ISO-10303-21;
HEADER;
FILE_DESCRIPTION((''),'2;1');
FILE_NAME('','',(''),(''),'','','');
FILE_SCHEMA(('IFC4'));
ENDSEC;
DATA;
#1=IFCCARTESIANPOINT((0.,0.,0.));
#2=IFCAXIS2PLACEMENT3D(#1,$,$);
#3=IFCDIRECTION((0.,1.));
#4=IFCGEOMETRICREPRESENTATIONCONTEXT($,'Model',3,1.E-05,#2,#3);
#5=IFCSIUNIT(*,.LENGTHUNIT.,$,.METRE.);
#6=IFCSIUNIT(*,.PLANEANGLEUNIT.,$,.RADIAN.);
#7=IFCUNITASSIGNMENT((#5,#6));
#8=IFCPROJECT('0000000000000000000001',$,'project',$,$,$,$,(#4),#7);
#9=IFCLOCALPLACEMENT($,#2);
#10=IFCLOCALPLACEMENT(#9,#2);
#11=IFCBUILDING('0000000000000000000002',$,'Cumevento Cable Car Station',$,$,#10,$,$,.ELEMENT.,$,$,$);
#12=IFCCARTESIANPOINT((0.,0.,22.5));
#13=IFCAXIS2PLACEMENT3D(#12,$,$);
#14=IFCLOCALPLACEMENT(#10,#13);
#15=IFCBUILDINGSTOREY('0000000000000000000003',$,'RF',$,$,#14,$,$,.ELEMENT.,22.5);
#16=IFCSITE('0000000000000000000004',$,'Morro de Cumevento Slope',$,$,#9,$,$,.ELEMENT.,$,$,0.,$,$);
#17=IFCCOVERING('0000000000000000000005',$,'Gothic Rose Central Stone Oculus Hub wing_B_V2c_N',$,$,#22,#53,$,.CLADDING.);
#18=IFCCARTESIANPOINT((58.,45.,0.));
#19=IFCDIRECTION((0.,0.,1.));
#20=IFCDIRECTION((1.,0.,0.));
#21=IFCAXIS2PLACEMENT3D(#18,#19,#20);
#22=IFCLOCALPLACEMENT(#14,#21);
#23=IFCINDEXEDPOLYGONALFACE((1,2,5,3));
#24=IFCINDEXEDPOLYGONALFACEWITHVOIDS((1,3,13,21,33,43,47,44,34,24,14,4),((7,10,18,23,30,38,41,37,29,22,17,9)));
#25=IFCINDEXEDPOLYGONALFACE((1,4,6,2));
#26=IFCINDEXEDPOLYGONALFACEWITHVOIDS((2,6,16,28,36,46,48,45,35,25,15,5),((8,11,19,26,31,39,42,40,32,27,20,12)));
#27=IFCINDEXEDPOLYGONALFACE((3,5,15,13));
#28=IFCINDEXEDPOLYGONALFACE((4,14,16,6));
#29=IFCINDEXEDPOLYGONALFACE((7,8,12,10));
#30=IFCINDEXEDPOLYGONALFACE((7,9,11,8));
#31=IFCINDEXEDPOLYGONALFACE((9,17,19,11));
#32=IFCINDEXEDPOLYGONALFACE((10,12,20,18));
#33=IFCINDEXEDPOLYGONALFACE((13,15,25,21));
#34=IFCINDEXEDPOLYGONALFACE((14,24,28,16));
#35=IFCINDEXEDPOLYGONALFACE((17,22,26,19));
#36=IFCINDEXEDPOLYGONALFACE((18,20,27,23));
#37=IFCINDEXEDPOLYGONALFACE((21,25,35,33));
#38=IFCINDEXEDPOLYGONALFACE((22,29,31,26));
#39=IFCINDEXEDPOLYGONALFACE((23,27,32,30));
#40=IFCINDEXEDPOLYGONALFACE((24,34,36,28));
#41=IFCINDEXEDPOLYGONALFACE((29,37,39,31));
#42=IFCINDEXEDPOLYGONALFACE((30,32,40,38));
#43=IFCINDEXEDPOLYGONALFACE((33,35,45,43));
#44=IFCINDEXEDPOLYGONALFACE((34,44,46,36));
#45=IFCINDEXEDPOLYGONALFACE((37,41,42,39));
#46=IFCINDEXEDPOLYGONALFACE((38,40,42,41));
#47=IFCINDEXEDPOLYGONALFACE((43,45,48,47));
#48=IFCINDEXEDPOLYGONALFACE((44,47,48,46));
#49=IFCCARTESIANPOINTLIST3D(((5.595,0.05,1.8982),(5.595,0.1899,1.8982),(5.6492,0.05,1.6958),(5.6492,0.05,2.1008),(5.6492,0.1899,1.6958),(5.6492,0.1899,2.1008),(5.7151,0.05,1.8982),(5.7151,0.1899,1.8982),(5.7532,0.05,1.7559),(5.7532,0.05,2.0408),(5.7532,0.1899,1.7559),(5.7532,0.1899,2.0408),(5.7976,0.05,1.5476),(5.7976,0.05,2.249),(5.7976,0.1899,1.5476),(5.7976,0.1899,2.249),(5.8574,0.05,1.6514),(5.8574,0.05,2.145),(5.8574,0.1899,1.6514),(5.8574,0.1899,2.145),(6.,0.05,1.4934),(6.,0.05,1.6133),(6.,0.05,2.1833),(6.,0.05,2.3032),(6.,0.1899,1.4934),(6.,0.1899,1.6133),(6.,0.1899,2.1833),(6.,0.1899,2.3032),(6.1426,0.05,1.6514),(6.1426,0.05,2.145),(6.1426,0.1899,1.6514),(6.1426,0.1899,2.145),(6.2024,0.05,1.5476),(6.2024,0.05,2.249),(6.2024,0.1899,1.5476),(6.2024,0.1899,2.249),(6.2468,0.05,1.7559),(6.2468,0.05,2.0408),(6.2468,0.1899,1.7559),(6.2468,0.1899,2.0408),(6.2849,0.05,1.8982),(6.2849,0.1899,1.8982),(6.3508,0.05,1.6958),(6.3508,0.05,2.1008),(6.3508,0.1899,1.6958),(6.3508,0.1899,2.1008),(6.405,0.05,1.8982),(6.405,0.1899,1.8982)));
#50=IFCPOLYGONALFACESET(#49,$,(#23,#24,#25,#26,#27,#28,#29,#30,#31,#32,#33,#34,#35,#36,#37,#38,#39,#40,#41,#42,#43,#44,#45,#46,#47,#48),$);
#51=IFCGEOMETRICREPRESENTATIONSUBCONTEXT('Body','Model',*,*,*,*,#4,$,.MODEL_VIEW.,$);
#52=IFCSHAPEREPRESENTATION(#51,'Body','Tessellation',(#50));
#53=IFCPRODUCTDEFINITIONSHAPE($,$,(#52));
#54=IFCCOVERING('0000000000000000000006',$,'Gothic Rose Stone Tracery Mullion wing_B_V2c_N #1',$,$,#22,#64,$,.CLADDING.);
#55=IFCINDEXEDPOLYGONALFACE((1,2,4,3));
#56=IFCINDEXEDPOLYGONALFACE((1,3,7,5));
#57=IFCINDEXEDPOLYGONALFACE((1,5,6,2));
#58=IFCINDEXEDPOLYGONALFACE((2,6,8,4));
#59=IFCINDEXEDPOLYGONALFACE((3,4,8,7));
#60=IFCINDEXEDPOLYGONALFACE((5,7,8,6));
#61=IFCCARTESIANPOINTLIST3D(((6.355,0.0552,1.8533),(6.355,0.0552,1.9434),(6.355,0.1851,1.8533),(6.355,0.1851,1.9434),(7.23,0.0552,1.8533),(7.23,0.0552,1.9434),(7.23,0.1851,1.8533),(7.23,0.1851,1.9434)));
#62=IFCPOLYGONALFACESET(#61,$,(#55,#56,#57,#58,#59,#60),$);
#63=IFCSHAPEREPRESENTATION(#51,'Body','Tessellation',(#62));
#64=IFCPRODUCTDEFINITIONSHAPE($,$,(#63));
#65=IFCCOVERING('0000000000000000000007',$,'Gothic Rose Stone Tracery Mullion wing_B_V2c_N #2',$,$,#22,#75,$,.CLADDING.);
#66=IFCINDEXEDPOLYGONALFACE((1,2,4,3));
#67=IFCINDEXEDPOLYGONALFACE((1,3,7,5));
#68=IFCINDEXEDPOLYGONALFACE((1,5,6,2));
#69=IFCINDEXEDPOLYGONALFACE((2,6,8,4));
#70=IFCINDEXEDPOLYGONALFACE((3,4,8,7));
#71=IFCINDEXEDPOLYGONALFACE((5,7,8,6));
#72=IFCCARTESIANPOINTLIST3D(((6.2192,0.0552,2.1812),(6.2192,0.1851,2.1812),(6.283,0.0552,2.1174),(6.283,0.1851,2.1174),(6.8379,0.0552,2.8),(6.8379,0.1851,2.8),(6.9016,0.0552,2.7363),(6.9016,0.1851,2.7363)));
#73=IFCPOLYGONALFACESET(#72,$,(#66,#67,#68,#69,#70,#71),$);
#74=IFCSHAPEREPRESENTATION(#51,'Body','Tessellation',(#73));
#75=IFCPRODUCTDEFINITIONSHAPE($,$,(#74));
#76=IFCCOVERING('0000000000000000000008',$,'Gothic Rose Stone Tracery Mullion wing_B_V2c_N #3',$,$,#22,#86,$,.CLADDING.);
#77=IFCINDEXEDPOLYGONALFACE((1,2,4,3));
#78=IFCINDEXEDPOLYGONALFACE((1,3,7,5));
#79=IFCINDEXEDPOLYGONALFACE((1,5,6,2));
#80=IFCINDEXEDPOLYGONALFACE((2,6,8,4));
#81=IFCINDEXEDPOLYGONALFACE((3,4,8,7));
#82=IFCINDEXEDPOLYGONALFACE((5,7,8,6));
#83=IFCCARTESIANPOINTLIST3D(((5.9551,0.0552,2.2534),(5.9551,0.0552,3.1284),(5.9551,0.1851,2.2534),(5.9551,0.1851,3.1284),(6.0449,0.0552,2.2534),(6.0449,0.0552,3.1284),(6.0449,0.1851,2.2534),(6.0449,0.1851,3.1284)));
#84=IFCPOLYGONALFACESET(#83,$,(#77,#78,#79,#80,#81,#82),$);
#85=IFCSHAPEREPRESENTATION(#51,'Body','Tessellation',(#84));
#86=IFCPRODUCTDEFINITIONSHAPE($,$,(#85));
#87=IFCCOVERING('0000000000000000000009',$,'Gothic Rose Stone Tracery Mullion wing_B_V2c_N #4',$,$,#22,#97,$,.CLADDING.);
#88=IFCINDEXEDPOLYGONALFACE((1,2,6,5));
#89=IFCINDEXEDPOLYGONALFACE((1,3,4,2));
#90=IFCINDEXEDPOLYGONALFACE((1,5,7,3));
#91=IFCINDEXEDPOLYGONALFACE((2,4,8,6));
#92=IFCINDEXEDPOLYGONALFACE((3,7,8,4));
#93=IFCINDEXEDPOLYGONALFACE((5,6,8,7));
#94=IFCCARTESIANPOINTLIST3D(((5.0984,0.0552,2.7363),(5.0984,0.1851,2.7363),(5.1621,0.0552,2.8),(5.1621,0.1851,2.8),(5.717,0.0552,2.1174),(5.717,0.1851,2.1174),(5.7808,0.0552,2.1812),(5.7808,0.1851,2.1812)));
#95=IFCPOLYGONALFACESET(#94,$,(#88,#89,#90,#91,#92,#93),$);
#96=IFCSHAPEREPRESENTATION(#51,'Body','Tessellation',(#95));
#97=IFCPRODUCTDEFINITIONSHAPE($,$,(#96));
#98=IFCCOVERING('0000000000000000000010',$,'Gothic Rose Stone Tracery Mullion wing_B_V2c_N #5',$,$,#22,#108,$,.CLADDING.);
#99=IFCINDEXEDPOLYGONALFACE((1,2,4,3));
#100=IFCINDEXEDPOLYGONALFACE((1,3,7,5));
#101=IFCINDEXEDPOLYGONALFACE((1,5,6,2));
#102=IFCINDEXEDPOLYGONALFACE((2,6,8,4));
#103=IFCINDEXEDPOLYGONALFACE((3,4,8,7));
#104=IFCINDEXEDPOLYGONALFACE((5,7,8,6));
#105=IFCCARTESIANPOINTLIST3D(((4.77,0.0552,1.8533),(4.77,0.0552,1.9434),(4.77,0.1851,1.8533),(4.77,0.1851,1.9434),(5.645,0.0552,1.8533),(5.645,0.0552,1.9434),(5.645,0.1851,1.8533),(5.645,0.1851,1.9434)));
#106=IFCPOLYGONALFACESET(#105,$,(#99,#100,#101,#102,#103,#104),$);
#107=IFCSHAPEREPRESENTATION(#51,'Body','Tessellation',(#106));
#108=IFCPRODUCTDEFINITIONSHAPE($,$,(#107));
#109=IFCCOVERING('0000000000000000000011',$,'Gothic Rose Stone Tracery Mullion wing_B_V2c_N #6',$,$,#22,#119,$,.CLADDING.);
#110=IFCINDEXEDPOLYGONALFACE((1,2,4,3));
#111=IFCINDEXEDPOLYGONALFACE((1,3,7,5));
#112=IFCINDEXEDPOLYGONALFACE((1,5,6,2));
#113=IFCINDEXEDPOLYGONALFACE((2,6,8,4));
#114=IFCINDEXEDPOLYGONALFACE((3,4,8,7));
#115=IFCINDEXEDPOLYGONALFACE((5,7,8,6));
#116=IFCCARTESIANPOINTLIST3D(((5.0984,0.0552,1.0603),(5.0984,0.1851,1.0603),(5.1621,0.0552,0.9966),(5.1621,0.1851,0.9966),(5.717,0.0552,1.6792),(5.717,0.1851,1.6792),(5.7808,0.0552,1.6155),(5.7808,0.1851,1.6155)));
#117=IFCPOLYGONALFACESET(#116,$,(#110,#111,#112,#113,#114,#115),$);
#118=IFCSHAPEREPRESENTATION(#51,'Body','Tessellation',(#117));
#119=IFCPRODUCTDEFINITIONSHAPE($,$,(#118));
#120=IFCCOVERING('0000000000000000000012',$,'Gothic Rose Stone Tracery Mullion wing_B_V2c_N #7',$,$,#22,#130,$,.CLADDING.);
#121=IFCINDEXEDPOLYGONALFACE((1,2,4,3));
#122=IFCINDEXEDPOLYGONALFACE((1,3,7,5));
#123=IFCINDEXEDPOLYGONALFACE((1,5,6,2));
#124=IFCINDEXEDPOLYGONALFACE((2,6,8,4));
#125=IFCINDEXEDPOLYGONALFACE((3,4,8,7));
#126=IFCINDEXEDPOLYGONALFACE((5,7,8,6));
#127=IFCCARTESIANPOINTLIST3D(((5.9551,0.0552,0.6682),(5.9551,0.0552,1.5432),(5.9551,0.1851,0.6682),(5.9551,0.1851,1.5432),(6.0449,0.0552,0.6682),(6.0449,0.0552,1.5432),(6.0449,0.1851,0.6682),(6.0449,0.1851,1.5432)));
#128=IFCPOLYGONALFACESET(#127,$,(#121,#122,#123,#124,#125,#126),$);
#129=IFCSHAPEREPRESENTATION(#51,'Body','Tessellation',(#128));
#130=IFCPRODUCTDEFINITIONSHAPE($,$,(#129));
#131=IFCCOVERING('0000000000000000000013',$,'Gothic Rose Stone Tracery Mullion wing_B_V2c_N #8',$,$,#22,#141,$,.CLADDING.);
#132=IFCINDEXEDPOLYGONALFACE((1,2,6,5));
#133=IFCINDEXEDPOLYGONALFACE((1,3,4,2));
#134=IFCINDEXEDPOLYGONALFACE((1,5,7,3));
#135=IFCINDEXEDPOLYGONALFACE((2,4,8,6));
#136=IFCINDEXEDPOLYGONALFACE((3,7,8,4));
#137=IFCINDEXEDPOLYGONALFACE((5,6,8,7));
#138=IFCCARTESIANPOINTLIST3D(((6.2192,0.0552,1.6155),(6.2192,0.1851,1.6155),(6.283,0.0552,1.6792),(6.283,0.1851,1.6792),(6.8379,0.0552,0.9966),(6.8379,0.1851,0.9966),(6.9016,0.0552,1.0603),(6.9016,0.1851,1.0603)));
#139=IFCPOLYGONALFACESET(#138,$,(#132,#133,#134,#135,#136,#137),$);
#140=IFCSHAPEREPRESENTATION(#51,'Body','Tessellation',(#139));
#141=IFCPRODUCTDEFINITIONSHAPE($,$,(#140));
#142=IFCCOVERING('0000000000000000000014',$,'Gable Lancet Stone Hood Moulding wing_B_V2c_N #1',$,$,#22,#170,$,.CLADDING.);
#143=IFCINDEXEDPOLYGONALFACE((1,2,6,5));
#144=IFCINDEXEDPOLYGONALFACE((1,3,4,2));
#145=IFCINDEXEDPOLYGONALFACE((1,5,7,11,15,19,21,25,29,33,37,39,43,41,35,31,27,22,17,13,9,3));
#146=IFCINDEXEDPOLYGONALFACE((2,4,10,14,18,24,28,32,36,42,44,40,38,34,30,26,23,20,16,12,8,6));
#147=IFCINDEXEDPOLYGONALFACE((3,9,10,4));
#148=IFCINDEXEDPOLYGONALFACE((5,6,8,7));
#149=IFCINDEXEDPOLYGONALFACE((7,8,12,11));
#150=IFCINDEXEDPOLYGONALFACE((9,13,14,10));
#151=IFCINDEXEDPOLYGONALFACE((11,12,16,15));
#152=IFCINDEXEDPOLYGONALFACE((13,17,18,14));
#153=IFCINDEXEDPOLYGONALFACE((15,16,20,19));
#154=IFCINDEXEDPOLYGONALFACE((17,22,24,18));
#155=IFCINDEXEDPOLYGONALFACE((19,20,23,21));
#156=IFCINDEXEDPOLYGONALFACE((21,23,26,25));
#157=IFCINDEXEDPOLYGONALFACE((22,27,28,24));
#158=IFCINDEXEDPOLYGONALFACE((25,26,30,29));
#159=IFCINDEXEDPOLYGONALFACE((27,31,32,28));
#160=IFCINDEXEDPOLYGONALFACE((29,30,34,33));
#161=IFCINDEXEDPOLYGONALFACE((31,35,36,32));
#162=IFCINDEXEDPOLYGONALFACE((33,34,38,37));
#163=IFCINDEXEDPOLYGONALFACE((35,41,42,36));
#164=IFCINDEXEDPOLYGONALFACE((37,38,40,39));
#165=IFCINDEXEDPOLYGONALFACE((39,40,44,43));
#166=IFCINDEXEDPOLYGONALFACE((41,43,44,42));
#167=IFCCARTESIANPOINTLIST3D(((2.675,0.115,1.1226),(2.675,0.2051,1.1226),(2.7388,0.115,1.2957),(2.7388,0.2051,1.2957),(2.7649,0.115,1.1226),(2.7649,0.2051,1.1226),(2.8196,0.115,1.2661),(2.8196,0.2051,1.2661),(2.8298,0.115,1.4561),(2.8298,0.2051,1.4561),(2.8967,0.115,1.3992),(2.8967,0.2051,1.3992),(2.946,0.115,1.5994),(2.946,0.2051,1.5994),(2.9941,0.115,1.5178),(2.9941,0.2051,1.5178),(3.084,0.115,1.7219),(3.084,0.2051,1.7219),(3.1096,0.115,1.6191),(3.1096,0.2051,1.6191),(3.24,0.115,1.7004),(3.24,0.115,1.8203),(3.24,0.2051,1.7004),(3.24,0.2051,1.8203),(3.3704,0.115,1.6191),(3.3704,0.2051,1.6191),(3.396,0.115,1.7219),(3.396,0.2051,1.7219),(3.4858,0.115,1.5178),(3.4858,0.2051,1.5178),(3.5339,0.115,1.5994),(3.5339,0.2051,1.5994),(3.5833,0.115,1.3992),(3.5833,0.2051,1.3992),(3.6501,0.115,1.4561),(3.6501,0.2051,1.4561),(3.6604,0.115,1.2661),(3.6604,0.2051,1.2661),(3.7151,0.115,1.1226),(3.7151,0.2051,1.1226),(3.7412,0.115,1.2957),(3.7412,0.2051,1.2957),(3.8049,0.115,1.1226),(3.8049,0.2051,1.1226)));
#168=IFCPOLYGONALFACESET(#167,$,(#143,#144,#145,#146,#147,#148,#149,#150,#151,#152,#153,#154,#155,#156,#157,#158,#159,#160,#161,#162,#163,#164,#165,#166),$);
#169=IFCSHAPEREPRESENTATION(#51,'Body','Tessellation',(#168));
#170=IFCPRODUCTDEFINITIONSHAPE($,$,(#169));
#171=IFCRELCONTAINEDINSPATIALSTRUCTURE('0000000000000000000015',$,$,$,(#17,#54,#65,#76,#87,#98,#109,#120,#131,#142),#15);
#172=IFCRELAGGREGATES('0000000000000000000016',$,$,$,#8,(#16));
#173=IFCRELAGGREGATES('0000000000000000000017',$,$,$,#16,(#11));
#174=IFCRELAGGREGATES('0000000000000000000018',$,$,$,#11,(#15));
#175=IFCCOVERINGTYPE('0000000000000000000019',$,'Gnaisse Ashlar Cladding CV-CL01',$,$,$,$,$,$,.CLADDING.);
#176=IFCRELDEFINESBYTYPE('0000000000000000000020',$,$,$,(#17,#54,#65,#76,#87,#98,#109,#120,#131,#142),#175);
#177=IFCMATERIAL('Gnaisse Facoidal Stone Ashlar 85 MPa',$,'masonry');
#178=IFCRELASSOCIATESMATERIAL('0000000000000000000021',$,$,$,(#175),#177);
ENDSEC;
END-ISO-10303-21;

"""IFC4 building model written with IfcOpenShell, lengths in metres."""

from ifc_helpers import new_model, si_unit, direction, frame, origin, place, context, subcontext, project, spatial, polyline, outline, extrude, material, type_object, element, save


model = new_model("IFC4")

# Units and contexts
model_context = context("Model", 3, precision=1e-05, world=origin(), true_north=direction((0.0, 1.0)))
body_context = subcontext(model_context, "Body", "Model", "MODEL_VIEW")
ifc_project = project(units=[si_unit("LENGTHUNIT", "METRE"), si_unit("PLANEANGLEUNIT", "RADIAN")], contexts=[model_context])

# Site, building, storey
site_placement = place(None, origin())
site = spatial("IfcSite", under=ifc_project, at=site_placement, Name="Morro de Cumevento Slope", CompositionType="ELEMENT", RefElevation=0.0)
building_placement = place(site_placement, origin())
building = spatial("IfcBuilding", under=site, at=building_placement, Name="Cumevento Cable Car Station", CompositionType="ELEMENT")
storey_placement = place(building_placement, frame((0.0, 0.0, 22.5)))
storey = spatial("IfcBuildingStorey", under=building, at=storey_placement, Name="RF", CompositionType="ELEMENT", Elevation=22.5)

# Coverings
ifc_material_1 = material(Name="Gnaisse Facoidal Stone Ashlar 85 MPa", Category="masonry")
covering_type_1 = type_object("IfcCoveringType", Name="Gnaisse Ashlar Cladding CV-CL01", PredefinedType="CLADDING", material=ifc_material_1)
placement = place(storey_placement, frame((58.0, 45.0, 0.0), z_axis=(0.0, 0.0, 1.0), x_axis=(1.0, 0.0, 0.0)))
element("IfcCovering", 1, at=placement, inside=storey, type_object=covering_type_1, Name="Gothic Rose Central Stone Oculus Hub wing_B_V2c_N", PredefinedType="CLADDING", context=body_context, shape_type="SweptSolid", body=[
    extrude(outline(polyline([(6.405, 1.8982), (6.3508, 2.1008), (6.2024, 2.249), (6.0, 2.3032), (5.7976, 2.249), (5.6492, 2.1008), (5.595, 1.8982), (5.6492, 1.6958), (5.7976, 1.5476), (6.0, 1.4934), (6.2024, 1.5476), (6.3508, 1.6958), (6.405, 1.8982)]), holes=[polyline([(6.2849, 1.8982), (6.2468, 2.0408), (6.1426, 2.145), (6.0, 2.1833), (5.8574, 2.145), (5.7532, 2.0408), (5.7151, 1.8982), (5.7532, 1.7559), (5.8574, 1.6514), (6.0, 1.6133), (6.1426, 1.6514), (6.2468, 1.7559), (6.2849, 1.8982)])]), frame((0.0, 0.1899, 0.0), z_axis=(0.0, -1.0, 0.0), x_axis=(1.0, 0.0, 0.0)), (0.0, 0.0, 1.0), 0.1399),
])
element("IfcCovering", 2, at=placement, inside=storey, type_object=covering_type_1, Name="Gothic Rose Stone Tracery Mullion wing_B_V2c_N #1", PredefinedType="CLADDING", context=body_context, shape_type="SweptSolid", body=[
    extrude(outline(polyline([(6.355, 1.9434), (7.23, 1.9434), (7.23, 1.8533), (6.355, 1.8533), (6.355, 1.9434)])), frame((0.0, 0.1851, 0.0), z_axis=(0.0, -1.0, 0.0), x_axis=(1.0, 0.0, 0.0)), (0.0, 0.0, 1.0), 0.1299),
])
element("IfcCovering", 3, at=placement, inside=storey, type_object=covering_type_1, Name="Gothic Rose Stone Tracery Mullion wing_B_V2c_N #2", PredefinedType="CLADDING", context=body_context, shape_type="SweptSolid", body=[
    extrude(outline(polyline([(6.2192, 2.1812), (6.8379, 2.8), (6.9016, 2.7363), (6.283, 2.1174), (6.2192, 2.1812)])), frame((0.0, 0.1851, 0.0), z_axis=(0.0, -1.0, 0.0), x_axis=(1.0, 0.0, 0.0)), (0.0, 0.0, 1.0), 0.1299),
])
element("IfcCovering", 4, at=placement, inside=storey, type_object=covering_type_1, Name="Gothic Rose Stone Tracery Mullion wing_B_V2c_N #3", PredefinedType="CLADDING", context=body_context, shape_type="SweptSolid", body=[
    extrude(outline(polyline([(5.9551, 2.2534), (5.9551, 3.1284), (6.0449, 3.1284), (6.0449, 2.2534), (5.9551, 2.2534)])), frame((0.0, 0.1851, 0.0), z_axis=(0.0, -1.0, 0.0), x_axis=(1.0, 0.0, 0.0)), (0.0, 0.0, 1.0), 0.1299),
])
element("IfcCovering", 5, at=placement, inside=storey, type_object=covering_type_1, Name="Gothic Rose Stone Tracery Mullion wing_B_V2c_N #4", PredefinedType="CLADDING", context=body_context, shape_type="SweptSolid", body=[
    extrude(outline(polyline([(5.717, 2.1174), (5.0984, 2.7363), (5.1621, 2.8), (5.7808, 2.1812), (5.717, 2.1174)])), frame((0.0, 0.1851, 0.0), z_axis=(0.0, -1.0, 0.0), x_axis=(1.0, 0.0, 0.0)), (0.0, 0.0, 1.0), 0.1299),
])
element("IfcCovering", 6, at=placement, inside=storey, type_object=covering_type_1, Name="Gothic Rose Stone Tracery Mullion wing_B_V2c_N #5", PredefinedType="CLADDING", context=body_context, shape_type="SweptSolid", body=[
    extrude(outline(polyline([(5.645, 1.8533), (4.77, 1.8533), (4.77, 1.9434), (5.645, 1.9434), (5.645, 1.8533)])), frame((0.0, 0.1851, 0.0), z_axis=(0.0, -1.0, 0.0), x_axis=(1.0, 0.0, 0.0)), (0.0, 0.0, 1.0), 0.1299),
])
element("IfcCovering", 7, at=placement, inside=storey, type_object=covering_type_1, Name="Gothic Rose Stone Tracery Mullion wing_B_V2c_N #6", PredefinedType="CLADDING", context=body_context, shape_type="SweptSolid", body=[
    extrude(outline(polyline([(5.7808, 1.6155), (5.1621, 0.9966), (5.0984, 1.0603), (5.717, 1.6792), (5.7808, 1.6155)])), frame((0.0, 0.1851, 0.0), z_axis=(0.0, -1.0, 0.0), x_axis=(1.0, 0.0, 0.0)), (0.0, 0.0, 1.0), 0.1299),
])
element("IfcCovering", 8, at=placement, inside=storey, type_object=covering_type_1, Name="Gothic Rose Stone Tracery Mullion wing_B_V2c_N #7", PredefinedType="CLADDING", context=body_context, shape_type="SweptSolid", body=[
    extrude(outline(polyline([(6.0449, 1.5432), (6.0449, 0.6682), (5.9551, 0.6682), (5.9551, 1.5432), (6.0449, 1.5432)])), frame((0.0, 0.1851, 0.0), z_axis=(0.0, -1.0, 0.0), x_axis=(1.0, 0.0, 0.0)), (0.0, 0.0, 1.0), 0.1299),
])
element("IfcCovering", 9, at=placement, inside=storey, type_object=covering_type_1, Name="Gothic Rose Stone Tracery Mullion wing_B_V2c_N #8", PredefinedType="CLADDING", context=body_context, shape_type="SweptSolid", body=[
    extrude(outline(polyline([(6.283, 1.6792), (6.9016, 1.0603), (6.8379, 0.9966), (6.2192, 1.6155), (6.283, 1.6792)])), frame((0.0, 0.1851, 0.0), z_axis=(0.0, -1.0, 0.0), x_axis=(1.0, 0.0, 0.0)), (0.0, 0.0, 1.0), 0.1299),
])
element("IfcCovering", 10, at=placement, inside=storey, type_object=covering_type_1, Name="Gable Lancet Stone Hood Moulding wing_B_V2c_N #1", PredefinedType="CLADDING", context=body_context, shape_type="SweptSolid", body=[
    extrude(outline(polyline([(2.7649, 1.1226), (2.8196, 1.2661), (2.8967, 1.3992), (2.9941, 1.5178), (3.1096, 1.6191), (3.24, 1.7004), (3.3704, 1.6191), (3.4858, 1.5178), (3.5833, 1.3992), (3.6604, 1.2661), (3.7151, 1.1226), (3.8049, 1.1226), (3.7412, 1.2957), (3.6501, 1.4561), (3.5339, 1.5994), (3.396, 1.7219), (3.24, 1.8203), (3.084, 1.7219), (2.946, 1.5994), (2.8298, 1.4561), (2.7388, 1.2957), (2.675, 1.1226), (2.7649, 1.1226)])), frame((0.0, 0.2051, 0.0), z_axis=(0.0, -1.0, 0.0), x_axis=(1.0, 0.0, 0.0)), (0.0, 0.0, 1.0), 0.0901),
])

save(model, "model.ifc")
